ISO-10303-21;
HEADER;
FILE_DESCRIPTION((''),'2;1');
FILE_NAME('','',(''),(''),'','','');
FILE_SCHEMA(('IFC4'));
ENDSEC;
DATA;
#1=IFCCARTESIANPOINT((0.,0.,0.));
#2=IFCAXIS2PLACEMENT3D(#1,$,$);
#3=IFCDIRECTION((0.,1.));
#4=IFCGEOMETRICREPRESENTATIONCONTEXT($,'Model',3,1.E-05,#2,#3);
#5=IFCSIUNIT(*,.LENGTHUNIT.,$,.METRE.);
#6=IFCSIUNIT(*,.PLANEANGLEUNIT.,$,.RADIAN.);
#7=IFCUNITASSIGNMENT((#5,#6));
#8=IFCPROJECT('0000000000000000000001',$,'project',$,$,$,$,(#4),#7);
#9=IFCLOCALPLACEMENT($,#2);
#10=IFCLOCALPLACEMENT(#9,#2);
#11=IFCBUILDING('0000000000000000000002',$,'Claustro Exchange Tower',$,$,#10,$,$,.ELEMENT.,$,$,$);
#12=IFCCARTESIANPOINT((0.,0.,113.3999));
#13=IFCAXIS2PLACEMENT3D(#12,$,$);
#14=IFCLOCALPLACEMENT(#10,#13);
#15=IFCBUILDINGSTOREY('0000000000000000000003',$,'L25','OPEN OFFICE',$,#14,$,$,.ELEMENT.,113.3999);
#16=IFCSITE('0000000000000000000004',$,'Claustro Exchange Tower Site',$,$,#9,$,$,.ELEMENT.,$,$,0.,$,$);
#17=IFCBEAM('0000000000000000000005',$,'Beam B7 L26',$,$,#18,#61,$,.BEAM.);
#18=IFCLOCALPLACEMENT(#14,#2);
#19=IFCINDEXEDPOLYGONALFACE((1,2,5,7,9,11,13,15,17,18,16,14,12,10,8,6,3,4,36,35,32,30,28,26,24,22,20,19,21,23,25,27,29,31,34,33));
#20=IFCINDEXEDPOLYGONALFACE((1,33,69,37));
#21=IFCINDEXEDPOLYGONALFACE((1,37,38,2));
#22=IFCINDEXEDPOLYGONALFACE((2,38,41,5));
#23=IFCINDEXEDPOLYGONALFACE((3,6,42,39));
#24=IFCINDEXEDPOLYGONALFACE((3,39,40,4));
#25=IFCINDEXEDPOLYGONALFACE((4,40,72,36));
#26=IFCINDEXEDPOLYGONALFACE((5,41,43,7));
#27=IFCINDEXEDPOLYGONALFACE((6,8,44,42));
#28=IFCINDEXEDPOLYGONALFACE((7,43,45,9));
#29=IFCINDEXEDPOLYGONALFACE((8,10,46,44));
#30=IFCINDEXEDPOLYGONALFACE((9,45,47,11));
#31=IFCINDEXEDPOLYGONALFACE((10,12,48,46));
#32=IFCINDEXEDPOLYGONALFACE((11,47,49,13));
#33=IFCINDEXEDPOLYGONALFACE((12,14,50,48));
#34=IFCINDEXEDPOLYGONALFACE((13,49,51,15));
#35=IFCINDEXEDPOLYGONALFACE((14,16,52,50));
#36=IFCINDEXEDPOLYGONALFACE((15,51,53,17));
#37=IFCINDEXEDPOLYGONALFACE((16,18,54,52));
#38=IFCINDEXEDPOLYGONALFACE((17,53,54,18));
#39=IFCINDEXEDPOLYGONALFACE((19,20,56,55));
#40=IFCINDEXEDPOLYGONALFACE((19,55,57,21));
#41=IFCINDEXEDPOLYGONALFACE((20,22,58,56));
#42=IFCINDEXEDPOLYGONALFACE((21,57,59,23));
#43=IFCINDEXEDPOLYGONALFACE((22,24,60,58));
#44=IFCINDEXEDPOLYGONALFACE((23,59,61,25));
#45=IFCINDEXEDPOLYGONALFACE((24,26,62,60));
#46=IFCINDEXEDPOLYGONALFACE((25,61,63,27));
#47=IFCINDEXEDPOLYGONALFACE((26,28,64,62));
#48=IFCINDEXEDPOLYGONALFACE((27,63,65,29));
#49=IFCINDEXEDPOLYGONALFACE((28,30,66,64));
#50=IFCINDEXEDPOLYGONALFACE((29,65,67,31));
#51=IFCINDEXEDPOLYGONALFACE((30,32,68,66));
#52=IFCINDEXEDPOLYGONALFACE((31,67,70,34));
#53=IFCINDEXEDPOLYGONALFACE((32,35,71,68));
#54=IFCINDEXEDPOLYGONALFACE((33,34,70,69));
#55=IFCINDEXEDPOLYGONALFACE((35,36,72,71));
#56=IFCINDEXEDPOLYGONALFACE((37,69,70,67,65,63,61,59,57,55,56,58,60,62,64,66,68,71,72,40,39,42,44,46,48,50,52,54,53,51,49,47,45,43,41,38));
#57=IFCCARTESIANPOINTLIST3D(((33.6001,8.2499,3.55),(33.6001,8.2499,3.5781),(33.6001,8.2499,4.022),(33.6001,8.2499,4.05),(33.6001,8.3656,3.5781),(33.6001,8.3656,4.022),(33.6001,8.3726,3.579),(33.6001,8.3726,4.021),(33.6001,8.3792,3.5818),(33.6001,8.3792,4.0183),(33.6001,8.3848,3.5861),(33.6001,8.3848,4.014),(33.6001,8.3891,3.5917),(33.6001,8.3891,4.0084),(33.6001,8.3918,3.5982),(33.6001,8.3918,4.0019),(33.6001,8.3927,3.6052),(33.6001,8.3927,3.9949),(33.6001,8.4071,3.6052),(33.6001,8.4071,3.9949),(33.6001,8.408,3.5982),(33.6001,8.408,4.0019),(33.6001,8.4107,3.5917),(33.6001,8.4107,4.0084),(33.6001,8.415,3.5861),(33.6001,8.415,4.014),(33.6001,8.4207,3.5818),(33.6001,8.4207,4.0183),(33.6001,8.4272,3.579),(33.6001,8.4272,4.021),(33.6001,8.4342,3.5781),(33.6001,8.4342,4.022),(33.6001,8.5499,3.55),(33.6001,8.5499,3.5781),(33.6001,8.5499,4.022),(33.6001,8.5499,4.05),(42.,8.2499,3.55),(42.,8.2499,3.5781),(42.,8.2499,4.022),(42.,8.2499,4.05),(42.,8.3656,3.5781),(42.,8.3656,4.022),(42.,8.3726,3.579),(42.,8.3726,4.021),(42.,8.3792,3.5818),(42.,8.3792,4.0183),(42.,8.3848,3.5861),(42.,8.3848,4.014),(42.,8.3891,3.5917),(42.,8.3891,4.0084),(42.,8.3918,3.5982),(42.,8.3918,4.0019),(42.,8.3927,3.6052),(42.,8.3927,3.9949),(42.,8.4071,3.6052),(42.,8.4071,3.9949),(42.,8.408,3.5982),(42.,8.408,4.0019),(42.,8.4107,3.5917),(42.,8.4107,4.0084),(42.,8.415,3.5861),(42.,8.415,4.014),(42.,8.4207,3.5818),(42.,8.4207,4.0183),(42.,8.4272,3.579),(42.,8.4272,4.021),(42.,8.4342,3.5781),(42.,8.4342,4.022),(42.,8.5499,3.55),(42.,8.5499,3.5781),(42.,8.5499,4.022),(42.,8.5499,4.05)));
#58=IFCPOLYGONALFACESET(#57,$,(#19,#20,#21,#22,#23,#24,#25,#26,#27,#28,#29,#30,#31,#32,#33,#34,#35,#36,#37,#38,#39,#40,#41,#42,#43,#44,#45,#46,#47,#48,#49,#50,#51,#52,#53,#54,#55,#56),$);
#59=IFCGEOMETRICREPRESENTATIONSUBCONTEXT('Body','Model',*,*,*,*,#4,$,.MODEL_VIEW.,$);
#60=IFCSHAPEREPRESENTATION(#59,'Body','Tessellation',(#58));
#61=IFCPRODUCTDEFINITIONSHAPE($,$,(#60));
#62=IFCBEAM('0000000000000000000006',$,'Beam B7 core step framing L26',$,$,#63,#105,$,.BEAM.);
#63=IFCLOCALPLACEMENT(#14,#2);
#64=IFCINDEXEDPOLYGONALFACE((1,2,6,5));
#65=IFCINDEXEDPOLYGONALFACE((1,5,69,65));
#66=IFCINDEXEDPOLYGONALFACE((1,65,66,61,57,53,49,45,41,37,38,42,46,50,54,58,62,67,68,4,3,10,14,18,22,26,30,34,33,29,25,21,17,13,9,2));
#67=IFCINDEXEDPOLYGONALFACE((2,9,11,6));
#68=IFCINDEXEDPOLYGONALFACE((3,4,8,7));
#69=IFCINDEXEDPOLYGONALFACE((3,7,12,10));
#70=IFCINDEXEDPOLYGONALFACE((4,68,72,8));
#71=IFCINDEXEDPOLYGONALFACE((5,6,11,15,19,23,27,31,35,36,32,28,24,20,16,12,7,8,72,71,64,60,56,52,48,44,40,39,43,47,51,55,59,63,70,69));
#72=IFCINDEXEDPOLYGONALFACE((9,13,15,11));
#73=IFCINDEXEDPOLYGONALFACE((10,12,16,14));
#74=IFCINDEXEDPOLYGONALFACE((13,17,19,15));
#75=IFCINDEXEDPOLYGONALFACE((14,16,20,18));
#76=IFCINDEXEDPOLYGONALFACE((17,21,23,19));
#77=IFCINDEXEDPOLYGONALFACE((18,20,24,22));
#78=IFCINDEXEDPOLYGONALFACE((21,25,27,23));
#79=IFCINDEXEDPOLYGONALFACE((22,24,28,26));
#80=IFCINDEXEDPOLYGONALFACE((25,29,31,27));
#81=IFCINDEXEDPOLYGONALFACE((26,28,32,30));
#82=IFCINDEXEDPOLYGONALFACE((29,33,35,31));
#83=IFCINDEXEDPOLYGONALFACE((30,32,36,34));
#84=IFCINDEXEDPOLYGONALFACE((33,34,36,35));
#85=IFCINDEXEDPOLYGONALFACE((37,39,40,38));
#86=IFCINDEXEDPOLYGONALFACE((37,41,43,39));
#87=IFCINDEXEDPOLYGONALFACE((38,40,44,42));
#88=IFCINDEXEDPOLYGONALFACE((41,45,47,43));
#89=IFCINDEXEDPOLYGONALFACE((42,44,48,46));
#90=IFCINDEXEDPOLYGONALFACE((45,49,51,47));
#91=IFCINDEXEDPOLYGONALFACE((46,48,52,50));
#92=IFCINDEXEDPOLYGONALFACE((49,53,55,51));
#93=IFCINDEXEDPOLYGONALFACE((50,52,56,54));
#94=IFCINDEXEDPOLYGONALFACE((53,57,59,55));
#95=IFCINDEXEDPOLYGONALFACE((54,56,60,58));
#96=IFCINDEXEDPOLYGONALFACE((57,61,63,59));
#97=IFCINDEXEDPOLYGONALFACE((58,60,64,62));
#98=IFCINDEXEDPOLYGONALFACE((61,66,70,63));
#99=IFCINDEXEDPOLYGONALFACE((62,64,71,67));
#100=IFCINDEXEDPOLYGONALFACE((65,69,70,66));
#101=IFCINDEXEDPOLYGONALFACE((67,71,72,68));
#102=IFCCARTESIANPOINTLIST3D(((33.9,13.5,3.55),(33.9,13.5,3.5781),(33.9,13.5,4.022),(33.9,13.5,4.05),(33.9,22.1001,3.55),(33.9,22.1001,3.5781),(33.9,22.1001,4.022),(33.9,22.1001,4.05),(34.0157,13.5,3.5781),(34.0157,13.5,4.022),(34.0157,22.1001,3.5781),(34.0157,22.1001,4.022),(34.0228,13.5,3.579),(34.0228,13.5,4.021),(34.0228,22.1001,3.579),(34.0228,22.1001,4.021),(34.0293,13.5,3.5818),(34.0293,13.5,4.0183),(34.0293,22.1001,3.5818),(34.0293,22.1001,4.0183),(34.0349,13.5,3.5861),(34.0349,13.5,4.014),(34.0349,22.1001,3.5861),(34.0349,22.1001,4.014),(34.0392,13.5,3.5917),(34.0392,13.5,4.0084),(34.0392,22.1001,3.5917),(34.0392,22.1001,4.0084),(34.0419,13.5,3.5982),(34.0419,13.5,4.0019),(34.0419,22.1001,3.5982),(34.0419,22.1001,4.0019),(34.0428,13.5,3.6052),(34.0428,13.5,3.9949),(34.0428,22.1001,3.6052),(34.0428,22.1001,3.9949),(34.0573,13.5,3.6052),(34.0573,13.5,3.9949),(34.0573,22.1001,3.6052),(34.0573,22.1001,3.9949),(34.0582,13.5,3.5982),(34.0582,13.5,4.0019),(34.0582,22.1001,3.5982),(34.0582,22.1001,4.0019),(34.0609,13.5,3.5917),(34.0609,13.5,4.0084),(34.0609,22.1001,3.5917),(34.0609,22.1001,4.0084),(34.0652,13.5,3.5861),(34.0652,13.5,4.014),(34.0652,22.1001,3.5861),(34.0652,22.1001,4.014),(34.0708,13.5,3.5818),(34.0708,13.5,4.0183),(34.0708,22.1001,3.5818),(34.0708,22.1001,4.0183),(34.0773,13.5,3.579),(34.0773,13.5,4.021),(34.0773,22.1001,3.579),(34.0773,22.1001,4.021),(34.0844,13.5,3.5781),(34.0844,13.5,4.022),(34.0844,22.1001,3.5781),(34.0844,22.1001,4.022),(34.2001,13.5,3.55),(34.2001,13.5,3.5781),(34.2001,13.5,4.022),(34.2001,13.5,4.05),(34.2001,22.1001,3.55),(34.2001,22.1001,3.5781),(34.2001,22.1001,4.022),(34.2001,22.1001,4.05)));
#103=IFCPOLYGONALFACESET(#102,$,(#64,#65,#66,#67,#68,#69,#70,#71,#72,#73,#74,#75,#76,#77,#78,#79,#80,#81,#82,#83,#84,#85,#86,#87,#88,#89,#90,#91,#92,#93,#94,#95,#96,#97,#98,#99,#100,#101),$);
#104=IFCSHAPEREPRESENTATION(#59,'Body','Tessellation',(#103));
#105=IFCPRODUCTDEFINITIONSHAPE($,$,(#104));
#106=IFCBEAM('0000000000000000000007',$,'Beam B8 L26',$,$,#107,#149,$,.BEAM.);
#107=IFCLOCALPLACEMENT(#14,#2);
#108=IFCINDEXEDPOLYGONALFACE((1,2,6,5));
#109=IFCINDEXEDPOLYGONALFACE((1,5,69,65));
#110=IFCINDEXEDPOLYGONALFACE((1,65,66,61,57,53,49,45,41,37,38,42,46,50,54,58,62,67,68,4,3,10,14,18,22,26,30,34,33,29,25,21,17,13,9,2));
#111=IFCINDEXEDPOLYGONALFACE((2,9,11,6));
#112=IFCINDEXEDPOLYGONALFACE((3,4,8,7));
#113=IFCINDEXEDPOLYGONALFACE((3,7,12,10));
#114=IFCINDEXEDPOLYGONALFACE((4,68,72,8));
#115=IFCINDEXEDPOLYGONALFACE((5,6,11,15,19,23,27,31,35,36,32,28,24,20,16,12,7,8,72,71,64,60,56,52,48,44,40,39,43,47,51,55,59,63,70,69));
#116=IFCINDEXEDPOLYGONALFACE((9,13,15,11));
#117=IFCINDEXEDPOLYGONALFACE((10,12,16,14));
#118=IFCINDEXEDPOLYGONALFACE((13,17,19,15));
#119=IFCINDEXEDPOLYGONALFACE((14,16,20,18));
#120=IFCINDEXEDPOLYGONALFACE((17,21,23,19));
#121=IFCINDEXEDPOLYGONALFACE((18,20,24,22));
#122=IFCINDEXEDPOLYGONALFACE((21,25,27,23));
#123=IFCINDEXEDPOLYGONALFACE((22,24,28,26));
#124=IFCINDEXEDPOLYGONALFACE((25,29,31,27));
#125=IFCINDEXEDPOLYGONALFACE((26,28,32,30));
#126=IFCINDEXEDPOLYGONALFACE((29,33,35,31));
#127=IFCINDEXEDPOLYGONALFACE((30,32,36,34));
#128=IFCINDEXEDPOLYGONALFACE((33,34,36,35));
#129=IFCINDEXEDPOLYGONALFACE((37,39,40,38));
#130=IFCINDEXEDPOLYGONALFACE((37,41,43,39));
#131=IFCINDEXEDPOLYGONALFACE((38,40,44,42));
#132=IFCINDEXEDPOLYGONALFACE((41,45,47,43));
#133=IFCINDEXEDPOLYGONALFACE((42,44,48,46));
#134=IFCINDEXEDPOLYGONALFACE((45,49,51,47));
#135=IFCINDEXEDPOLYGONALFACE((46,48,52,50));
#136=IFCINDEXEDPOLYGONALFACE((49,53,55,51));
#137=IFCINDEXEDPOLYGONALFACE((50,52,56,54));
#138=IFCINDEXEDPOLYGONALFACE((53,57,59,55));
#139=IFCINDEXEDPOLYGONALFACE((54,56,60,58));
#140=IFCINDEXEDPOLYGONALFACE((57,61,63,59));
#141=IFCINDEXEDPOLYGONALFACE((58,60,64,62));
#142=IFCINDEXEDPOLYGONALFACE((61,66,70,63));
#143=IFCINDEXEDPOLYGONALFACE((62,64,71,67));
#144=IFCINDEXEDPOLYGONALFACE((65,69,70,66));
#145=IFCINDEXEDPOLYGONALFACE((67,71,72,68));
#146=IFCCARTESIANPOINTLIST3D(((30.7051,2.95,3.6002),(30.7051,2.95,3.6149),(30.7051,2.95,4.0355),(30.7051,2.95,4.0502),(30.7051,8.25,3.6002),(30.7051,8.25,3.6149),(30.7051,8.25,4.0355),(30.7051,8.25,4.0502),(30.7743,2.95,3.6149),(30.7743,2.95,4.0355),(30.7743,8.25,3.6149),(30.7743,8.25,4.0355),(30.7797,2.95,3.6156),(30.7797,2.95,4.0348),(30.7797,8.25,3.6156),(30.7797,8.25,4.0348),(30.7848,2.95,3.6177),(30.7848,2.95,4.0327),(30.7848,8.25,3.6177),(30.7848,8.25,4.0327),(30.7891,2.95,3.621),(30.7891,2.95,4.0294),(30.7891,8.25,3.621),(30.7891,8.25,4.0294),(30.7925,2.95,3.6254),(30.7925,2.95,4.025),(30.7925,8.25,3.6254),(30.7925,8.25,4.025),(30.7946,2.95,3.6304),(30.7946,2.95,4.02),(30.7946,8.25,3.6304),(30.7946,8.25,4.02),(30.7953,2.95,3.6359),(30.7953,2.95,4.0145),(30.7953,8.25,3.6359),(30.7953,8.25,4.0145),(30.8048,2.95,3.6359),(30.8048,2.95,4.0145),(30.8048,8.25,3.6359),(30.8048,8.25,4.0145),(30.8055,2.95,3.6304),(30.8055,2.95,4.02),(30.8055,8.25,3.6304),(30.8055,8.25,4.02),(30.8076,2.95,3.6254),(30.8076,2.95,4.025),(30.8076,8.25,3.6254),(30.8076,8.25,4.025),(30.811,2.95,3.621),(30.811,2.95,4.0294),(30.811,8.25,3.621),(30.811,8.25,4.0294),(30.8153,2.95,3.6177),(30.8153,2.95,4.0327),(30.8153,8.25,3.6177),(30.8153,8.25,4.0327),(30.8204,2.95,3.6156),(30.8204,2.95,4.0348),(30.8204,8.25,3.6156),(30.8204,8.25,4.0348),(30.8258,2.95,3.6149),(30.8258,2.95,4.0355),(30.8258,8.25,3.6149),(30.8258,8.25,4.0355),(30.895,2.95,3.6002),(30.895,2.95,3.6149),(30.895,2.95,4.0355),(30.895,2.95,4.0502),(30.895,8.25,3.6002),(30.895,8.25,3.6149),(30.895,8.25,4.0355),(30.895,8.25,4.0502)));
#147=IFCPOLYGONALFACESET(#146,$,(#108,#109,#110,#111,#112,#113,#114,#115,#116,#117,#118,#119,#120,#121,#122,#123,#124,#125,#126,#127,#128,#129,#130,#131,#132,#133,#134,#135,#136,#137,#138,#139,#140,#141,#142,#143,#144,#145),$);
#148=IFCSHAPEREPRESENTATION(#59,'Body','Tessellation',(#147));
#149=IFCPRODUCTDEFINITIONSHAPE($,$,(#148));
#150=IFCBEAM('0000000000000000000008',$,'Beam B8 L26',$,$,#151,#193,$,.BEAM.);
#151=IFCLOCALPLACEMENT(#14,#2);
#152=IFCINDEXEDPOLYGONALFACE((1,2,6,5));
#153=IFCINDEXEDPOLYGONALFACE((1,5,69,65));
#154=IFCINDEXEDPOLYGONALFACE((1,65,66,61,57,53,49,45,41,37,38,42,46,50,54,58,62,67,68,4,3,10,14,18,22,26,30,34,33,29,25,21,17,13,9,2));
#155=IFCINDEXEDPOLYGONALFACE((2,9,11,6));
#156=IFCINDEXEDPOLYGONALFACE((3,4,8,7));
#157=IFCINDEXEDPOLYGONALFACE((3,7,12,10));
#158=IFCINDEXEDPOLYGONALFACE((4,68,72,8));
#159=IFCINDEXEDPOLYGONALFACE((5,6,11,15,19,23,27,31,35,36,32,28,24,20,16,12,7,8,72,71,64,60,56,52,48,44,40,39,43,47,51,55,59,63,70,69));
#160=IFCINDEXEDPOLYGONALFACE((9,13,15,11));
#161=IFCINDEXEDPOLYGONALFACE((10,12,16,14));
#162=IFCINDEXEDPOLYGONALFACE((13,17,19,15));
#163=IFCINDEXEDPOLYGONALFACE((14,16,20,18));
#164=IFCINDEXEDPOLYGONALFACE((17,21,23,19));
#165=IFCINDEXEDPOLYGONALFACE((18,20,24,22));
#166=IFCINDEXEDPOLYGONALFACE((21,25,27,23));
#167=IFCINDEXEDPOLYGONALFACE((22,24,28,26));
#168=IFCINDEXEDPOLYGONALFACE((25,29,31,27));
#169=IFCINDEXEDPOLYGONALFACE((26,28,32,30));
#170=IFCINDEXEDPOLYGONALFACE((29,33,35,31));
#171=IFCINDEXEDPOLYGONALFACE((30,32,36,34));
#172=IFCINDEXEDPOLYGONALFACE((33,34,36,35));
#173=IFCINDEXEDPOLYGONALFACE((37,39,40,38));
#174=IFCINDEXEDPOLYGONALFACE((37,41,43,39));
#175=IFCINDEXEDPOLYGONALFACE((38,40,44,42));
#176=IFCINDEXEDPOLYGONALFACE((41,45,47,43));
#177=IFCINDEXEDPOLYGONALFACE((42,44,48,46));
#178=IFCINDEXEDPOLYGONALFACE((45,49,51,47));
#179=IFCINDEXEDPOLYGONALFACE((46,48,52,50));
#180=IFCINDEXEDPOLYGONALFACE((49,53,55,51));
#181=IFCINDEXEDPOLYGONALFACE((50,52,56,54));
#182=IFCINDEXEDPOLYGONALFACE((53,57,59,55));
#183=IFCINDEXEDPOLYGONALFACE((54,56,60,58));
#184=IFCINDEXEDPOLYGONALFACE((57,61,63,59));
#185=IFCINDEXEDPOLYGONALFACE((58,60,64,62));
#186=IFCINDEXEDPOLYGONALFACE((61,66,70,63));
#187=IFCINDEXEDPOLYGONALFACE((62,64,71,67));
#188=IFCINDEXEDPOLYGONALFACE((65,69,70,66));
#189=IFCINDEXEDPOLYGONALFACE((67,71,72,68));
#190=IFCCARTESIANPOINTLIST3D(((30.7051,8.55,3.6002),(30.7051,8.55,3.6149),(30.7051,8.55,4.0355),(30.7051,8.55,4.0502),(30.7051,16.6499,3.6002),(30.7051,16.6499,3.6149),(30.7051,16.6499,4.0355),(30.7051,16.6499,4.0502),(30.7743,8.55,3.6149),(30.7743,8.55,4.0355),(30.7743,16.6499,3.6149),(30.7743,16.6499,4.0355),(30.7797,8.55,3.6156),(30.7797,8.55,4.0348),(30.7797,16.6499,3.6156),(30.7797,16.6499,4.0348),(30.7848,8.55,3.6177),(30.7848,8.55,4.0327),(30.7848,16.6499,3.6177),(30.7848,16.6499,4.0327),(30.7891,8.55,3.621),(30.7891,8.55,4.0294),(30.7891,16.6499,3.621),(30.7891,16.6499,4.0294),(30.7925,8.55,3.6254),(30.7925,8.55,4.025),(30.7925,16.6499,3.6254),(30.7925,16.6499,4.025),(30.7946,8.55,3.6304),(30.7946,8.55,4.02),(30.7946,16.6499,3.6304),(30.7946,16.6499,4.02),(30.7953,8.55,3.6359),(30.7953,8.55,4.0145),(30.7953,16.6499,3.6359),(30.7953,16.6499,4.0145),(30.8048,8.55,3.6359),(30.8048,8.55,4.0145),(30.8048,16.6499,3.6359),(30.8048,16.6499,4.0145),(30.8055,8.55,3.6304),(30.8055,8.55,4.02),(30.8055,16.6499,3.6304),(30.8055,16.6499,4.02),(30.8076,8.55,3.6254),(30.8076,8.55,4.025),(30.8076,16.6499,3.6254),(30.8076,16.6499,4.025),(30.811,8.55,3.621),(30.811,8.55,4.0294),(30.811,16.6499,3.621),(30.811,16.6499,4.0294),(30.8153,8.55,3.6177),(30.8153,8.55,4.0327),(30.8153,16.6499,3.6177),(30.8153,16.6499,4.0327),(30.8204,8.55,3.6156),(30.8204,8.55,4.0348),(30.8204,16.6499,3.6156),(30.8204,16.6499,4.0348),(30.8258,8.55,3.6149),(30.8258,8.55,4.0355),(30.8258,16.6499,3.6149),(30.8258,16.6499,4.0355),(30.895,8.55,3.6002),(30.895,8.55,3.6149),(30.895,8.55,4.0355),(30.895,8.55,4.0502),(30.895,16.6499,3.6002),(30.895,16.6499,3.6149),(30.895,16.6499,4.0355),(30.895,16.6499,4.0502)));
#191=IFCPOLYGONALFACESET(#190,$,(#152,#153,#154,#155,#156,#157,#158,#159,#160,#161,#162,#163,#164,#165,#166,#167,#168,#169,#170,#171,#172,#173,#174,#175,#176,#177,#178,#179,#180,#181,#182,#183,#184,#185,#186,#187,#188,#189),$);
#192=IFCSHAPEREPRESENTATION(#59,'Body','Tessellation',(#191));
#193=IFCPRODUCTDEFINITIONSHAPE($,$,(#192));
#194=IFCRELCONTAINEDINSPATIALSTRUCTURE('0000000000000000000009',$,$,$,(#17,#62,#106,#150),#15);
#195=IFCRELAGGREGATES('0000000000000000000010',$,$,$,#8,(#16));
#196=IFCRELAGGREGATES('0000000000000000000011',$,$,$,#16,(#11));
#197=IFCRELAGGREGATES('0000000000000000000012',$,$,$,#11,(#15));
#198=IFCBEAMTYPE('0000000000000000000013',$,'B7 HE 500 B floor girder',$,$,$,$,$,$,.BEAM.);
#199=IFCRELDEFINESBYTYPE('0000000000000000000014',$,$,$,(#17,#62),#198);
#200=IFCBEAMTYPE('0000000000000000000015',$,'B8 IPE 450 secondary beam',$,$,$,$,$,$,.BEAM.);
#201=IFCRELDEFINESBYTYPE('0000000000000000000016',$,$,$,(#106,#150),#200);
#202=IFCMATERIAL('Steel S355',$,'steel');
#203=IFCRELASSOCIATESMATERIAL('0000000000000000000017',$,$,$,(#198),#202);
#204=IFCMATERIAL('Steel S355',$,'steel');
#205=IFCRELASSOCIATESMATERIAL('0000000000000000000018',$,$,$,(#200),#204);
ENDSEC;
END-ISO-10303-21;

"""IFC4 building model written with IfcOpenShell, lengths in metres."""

from ifc_helpers import new_model, si_unit, direction, frame, origin, origin_2d, place, context, subcontext, project, spatial, i_section, extrude, material, material_profile, profile_set, type_object, element, save


model = new_model("IFC4")

# Units and contexts
model_context = context("Model", 3, precision=1e-05, world=origin(), true_north=direction((0.0, 1.0)))
body_context = subcontext(model_context, "Body", "Model", "MODEL_VIEW")
ifc_project = project(units=[si_unit("LENGTHUNIT", "METRE"), si_unit("PLANEANGLEUNIT", "RADIAN")], contexts=[model_context])

# Site, building, storey
site_placement = place(None, origin())
site = spatial("IfcSite", under=ifc_project, at=site_placement, Name="Claustro Exchange Tower Site", CompositionType="ELEMENT", RefElevation=0.0)
building_placement = place(site_placement, origin())
building = spatial("IfcBuilding", under=site, at=building_placement, Name="Claustro Exchange Tower", CompositionType="ELEMENT")
storey_placement = place(building_placement, frame((0.0, 0.0, 113.3999)))
storey = spatial("IfcBuildingStorey", under=building, at=storey_placement, Name="L25", Description="OPEN OFFICE", CompositionType="ELEMENT", Elevation=113.3999)

# Beams
ifc_material_1 = material(Name="Steel S355", Category="steel")
ifc_material_profile_1 = material_profile(ifc_material_1, i_section(OverallWidth=0.3, OverallDepth=0.5, WebThickness=0.0144, FlangeThickness=0.0281, FilletRadius=0.0271, at=origin_2d()), Name="HE 500 B")
ifc_profile_set_1 = profile_set([ifc_material_profile_1], Name="Steel S355")
beam_type_1 = type_object("IfcBeamType", Name="B7 HE 500 B floor girder", PredefinedType="BEAM", material=ifc_profile_set_1)
beam_1_placement = place(storey_placement, frame((33.6001, 8.3999, 3.8), z_axis=(1.0, 0.0, 0.0), x_axis=(0.0, 1.0, 0.0)))
element("IfcBeam", 1, at=beam_1_placement, inside=storey, type_object=beam_type_1, Name="Beam B7 L26", PredefinedType="BEAM", context=body_context, shape_type="SweptSolid", body=[
    extrude(i_section(OverallWidth=0.3, OverallDepth=0.5, WebThickness=0.0144, FlangeThickness=0.0281, FilletRadius=0.0271, at=origin_2d()), origin(), (0.0, 0.0, 1.0), 8.3999),
])
beam_2_placement = place(storey_placement, frame((34.05, 13.5, 3.8), z_axis=(0.0, 1.0, 0.0), x_axis=(-1.0, 0.0, 0.0)))
element("IfcBeam", 2, at=beam_2_placement, inside=storey, type_object=beam_type_1, Name="Beam B7 core step framing L26", PredefinedType="BEAM", context=body_context, shape_type="SweptSolid", body=[
    extrude(i_section(OverallWidth=0.3, OverallDepth=0.5, WebThickness=0.0144, FlangeThickness=0.0281, FilletRadius=0.0271, at=origin_2d()), origin(), (0.0, 0.0, 1.0), 8.6001),
])
ifc_material_2 = material(Name="Steel S355", Category="steel")
ifc_material_profile_2 = material_profile(ifc_material_2, i_section(OverallWidth=0.1899, OverallDepth=0.45, WebThickness=0.0095, FlangeThickness=0.0146, FilletRadius=0.021, at=origin_2d()), Name="IPE 450")
ifc_profile_set_2 = profile_set([ifc_material_profile_2], Name="Steel S355")
beam_type_2 = type_object("IfcBeamType", Name="B8 IPE 450 secondary beam", PredefinedType="BEAM", material=ifc_profile_set_2)
beam_3_placement = place(storey_placement, frame((30.8, 2.95, 3.8252), z_axis=(0.0, 1.0, 0.0), x_axis=(-1.0, 0.0, 0.0)))
element("IfcBeam", 3, at=beam_3_placement, inside=storey, type_object=beam_type_2, Name="Beam B8 L26", PredefinedType="BEAM", context=body_context, shape_type="SweptSolid", body=[
    extrude(i_section(OverallWidth=0.1899, OverallDepth=0.45, WebThickness=0.0095, FlangeThickness=0.0146, FilletRadius=0.021, at=origin_2d()), origin(), (0.0, 0.0, 1.0), 5.3),
])
beam_4_placement = place(storey_placement, frame((30.8, 8.55, 3.8252), z_axis=(0.0, 1.0, 0.0), x_axis=(-1.0, 0.0, 0.0)))
element("IfcBeam", 4, at=beam_4_placement, inside=storey, type_object=beam_type_2, Name="Beam B8 L26", PredefinedType="BEAM", context=body_context, shape_type="SweptSolid", body=[
    extrude(i_section(OverallWidth=0.1899, OverallDepth=0.45, WebThickness=0.0095, FlangeThickness=0.0146, FilletRadius=0.021, at=origin_2d()), origin(), (0.0, 0.0, 1.0), 8.0999),
])

save(model, "model.ifc")
